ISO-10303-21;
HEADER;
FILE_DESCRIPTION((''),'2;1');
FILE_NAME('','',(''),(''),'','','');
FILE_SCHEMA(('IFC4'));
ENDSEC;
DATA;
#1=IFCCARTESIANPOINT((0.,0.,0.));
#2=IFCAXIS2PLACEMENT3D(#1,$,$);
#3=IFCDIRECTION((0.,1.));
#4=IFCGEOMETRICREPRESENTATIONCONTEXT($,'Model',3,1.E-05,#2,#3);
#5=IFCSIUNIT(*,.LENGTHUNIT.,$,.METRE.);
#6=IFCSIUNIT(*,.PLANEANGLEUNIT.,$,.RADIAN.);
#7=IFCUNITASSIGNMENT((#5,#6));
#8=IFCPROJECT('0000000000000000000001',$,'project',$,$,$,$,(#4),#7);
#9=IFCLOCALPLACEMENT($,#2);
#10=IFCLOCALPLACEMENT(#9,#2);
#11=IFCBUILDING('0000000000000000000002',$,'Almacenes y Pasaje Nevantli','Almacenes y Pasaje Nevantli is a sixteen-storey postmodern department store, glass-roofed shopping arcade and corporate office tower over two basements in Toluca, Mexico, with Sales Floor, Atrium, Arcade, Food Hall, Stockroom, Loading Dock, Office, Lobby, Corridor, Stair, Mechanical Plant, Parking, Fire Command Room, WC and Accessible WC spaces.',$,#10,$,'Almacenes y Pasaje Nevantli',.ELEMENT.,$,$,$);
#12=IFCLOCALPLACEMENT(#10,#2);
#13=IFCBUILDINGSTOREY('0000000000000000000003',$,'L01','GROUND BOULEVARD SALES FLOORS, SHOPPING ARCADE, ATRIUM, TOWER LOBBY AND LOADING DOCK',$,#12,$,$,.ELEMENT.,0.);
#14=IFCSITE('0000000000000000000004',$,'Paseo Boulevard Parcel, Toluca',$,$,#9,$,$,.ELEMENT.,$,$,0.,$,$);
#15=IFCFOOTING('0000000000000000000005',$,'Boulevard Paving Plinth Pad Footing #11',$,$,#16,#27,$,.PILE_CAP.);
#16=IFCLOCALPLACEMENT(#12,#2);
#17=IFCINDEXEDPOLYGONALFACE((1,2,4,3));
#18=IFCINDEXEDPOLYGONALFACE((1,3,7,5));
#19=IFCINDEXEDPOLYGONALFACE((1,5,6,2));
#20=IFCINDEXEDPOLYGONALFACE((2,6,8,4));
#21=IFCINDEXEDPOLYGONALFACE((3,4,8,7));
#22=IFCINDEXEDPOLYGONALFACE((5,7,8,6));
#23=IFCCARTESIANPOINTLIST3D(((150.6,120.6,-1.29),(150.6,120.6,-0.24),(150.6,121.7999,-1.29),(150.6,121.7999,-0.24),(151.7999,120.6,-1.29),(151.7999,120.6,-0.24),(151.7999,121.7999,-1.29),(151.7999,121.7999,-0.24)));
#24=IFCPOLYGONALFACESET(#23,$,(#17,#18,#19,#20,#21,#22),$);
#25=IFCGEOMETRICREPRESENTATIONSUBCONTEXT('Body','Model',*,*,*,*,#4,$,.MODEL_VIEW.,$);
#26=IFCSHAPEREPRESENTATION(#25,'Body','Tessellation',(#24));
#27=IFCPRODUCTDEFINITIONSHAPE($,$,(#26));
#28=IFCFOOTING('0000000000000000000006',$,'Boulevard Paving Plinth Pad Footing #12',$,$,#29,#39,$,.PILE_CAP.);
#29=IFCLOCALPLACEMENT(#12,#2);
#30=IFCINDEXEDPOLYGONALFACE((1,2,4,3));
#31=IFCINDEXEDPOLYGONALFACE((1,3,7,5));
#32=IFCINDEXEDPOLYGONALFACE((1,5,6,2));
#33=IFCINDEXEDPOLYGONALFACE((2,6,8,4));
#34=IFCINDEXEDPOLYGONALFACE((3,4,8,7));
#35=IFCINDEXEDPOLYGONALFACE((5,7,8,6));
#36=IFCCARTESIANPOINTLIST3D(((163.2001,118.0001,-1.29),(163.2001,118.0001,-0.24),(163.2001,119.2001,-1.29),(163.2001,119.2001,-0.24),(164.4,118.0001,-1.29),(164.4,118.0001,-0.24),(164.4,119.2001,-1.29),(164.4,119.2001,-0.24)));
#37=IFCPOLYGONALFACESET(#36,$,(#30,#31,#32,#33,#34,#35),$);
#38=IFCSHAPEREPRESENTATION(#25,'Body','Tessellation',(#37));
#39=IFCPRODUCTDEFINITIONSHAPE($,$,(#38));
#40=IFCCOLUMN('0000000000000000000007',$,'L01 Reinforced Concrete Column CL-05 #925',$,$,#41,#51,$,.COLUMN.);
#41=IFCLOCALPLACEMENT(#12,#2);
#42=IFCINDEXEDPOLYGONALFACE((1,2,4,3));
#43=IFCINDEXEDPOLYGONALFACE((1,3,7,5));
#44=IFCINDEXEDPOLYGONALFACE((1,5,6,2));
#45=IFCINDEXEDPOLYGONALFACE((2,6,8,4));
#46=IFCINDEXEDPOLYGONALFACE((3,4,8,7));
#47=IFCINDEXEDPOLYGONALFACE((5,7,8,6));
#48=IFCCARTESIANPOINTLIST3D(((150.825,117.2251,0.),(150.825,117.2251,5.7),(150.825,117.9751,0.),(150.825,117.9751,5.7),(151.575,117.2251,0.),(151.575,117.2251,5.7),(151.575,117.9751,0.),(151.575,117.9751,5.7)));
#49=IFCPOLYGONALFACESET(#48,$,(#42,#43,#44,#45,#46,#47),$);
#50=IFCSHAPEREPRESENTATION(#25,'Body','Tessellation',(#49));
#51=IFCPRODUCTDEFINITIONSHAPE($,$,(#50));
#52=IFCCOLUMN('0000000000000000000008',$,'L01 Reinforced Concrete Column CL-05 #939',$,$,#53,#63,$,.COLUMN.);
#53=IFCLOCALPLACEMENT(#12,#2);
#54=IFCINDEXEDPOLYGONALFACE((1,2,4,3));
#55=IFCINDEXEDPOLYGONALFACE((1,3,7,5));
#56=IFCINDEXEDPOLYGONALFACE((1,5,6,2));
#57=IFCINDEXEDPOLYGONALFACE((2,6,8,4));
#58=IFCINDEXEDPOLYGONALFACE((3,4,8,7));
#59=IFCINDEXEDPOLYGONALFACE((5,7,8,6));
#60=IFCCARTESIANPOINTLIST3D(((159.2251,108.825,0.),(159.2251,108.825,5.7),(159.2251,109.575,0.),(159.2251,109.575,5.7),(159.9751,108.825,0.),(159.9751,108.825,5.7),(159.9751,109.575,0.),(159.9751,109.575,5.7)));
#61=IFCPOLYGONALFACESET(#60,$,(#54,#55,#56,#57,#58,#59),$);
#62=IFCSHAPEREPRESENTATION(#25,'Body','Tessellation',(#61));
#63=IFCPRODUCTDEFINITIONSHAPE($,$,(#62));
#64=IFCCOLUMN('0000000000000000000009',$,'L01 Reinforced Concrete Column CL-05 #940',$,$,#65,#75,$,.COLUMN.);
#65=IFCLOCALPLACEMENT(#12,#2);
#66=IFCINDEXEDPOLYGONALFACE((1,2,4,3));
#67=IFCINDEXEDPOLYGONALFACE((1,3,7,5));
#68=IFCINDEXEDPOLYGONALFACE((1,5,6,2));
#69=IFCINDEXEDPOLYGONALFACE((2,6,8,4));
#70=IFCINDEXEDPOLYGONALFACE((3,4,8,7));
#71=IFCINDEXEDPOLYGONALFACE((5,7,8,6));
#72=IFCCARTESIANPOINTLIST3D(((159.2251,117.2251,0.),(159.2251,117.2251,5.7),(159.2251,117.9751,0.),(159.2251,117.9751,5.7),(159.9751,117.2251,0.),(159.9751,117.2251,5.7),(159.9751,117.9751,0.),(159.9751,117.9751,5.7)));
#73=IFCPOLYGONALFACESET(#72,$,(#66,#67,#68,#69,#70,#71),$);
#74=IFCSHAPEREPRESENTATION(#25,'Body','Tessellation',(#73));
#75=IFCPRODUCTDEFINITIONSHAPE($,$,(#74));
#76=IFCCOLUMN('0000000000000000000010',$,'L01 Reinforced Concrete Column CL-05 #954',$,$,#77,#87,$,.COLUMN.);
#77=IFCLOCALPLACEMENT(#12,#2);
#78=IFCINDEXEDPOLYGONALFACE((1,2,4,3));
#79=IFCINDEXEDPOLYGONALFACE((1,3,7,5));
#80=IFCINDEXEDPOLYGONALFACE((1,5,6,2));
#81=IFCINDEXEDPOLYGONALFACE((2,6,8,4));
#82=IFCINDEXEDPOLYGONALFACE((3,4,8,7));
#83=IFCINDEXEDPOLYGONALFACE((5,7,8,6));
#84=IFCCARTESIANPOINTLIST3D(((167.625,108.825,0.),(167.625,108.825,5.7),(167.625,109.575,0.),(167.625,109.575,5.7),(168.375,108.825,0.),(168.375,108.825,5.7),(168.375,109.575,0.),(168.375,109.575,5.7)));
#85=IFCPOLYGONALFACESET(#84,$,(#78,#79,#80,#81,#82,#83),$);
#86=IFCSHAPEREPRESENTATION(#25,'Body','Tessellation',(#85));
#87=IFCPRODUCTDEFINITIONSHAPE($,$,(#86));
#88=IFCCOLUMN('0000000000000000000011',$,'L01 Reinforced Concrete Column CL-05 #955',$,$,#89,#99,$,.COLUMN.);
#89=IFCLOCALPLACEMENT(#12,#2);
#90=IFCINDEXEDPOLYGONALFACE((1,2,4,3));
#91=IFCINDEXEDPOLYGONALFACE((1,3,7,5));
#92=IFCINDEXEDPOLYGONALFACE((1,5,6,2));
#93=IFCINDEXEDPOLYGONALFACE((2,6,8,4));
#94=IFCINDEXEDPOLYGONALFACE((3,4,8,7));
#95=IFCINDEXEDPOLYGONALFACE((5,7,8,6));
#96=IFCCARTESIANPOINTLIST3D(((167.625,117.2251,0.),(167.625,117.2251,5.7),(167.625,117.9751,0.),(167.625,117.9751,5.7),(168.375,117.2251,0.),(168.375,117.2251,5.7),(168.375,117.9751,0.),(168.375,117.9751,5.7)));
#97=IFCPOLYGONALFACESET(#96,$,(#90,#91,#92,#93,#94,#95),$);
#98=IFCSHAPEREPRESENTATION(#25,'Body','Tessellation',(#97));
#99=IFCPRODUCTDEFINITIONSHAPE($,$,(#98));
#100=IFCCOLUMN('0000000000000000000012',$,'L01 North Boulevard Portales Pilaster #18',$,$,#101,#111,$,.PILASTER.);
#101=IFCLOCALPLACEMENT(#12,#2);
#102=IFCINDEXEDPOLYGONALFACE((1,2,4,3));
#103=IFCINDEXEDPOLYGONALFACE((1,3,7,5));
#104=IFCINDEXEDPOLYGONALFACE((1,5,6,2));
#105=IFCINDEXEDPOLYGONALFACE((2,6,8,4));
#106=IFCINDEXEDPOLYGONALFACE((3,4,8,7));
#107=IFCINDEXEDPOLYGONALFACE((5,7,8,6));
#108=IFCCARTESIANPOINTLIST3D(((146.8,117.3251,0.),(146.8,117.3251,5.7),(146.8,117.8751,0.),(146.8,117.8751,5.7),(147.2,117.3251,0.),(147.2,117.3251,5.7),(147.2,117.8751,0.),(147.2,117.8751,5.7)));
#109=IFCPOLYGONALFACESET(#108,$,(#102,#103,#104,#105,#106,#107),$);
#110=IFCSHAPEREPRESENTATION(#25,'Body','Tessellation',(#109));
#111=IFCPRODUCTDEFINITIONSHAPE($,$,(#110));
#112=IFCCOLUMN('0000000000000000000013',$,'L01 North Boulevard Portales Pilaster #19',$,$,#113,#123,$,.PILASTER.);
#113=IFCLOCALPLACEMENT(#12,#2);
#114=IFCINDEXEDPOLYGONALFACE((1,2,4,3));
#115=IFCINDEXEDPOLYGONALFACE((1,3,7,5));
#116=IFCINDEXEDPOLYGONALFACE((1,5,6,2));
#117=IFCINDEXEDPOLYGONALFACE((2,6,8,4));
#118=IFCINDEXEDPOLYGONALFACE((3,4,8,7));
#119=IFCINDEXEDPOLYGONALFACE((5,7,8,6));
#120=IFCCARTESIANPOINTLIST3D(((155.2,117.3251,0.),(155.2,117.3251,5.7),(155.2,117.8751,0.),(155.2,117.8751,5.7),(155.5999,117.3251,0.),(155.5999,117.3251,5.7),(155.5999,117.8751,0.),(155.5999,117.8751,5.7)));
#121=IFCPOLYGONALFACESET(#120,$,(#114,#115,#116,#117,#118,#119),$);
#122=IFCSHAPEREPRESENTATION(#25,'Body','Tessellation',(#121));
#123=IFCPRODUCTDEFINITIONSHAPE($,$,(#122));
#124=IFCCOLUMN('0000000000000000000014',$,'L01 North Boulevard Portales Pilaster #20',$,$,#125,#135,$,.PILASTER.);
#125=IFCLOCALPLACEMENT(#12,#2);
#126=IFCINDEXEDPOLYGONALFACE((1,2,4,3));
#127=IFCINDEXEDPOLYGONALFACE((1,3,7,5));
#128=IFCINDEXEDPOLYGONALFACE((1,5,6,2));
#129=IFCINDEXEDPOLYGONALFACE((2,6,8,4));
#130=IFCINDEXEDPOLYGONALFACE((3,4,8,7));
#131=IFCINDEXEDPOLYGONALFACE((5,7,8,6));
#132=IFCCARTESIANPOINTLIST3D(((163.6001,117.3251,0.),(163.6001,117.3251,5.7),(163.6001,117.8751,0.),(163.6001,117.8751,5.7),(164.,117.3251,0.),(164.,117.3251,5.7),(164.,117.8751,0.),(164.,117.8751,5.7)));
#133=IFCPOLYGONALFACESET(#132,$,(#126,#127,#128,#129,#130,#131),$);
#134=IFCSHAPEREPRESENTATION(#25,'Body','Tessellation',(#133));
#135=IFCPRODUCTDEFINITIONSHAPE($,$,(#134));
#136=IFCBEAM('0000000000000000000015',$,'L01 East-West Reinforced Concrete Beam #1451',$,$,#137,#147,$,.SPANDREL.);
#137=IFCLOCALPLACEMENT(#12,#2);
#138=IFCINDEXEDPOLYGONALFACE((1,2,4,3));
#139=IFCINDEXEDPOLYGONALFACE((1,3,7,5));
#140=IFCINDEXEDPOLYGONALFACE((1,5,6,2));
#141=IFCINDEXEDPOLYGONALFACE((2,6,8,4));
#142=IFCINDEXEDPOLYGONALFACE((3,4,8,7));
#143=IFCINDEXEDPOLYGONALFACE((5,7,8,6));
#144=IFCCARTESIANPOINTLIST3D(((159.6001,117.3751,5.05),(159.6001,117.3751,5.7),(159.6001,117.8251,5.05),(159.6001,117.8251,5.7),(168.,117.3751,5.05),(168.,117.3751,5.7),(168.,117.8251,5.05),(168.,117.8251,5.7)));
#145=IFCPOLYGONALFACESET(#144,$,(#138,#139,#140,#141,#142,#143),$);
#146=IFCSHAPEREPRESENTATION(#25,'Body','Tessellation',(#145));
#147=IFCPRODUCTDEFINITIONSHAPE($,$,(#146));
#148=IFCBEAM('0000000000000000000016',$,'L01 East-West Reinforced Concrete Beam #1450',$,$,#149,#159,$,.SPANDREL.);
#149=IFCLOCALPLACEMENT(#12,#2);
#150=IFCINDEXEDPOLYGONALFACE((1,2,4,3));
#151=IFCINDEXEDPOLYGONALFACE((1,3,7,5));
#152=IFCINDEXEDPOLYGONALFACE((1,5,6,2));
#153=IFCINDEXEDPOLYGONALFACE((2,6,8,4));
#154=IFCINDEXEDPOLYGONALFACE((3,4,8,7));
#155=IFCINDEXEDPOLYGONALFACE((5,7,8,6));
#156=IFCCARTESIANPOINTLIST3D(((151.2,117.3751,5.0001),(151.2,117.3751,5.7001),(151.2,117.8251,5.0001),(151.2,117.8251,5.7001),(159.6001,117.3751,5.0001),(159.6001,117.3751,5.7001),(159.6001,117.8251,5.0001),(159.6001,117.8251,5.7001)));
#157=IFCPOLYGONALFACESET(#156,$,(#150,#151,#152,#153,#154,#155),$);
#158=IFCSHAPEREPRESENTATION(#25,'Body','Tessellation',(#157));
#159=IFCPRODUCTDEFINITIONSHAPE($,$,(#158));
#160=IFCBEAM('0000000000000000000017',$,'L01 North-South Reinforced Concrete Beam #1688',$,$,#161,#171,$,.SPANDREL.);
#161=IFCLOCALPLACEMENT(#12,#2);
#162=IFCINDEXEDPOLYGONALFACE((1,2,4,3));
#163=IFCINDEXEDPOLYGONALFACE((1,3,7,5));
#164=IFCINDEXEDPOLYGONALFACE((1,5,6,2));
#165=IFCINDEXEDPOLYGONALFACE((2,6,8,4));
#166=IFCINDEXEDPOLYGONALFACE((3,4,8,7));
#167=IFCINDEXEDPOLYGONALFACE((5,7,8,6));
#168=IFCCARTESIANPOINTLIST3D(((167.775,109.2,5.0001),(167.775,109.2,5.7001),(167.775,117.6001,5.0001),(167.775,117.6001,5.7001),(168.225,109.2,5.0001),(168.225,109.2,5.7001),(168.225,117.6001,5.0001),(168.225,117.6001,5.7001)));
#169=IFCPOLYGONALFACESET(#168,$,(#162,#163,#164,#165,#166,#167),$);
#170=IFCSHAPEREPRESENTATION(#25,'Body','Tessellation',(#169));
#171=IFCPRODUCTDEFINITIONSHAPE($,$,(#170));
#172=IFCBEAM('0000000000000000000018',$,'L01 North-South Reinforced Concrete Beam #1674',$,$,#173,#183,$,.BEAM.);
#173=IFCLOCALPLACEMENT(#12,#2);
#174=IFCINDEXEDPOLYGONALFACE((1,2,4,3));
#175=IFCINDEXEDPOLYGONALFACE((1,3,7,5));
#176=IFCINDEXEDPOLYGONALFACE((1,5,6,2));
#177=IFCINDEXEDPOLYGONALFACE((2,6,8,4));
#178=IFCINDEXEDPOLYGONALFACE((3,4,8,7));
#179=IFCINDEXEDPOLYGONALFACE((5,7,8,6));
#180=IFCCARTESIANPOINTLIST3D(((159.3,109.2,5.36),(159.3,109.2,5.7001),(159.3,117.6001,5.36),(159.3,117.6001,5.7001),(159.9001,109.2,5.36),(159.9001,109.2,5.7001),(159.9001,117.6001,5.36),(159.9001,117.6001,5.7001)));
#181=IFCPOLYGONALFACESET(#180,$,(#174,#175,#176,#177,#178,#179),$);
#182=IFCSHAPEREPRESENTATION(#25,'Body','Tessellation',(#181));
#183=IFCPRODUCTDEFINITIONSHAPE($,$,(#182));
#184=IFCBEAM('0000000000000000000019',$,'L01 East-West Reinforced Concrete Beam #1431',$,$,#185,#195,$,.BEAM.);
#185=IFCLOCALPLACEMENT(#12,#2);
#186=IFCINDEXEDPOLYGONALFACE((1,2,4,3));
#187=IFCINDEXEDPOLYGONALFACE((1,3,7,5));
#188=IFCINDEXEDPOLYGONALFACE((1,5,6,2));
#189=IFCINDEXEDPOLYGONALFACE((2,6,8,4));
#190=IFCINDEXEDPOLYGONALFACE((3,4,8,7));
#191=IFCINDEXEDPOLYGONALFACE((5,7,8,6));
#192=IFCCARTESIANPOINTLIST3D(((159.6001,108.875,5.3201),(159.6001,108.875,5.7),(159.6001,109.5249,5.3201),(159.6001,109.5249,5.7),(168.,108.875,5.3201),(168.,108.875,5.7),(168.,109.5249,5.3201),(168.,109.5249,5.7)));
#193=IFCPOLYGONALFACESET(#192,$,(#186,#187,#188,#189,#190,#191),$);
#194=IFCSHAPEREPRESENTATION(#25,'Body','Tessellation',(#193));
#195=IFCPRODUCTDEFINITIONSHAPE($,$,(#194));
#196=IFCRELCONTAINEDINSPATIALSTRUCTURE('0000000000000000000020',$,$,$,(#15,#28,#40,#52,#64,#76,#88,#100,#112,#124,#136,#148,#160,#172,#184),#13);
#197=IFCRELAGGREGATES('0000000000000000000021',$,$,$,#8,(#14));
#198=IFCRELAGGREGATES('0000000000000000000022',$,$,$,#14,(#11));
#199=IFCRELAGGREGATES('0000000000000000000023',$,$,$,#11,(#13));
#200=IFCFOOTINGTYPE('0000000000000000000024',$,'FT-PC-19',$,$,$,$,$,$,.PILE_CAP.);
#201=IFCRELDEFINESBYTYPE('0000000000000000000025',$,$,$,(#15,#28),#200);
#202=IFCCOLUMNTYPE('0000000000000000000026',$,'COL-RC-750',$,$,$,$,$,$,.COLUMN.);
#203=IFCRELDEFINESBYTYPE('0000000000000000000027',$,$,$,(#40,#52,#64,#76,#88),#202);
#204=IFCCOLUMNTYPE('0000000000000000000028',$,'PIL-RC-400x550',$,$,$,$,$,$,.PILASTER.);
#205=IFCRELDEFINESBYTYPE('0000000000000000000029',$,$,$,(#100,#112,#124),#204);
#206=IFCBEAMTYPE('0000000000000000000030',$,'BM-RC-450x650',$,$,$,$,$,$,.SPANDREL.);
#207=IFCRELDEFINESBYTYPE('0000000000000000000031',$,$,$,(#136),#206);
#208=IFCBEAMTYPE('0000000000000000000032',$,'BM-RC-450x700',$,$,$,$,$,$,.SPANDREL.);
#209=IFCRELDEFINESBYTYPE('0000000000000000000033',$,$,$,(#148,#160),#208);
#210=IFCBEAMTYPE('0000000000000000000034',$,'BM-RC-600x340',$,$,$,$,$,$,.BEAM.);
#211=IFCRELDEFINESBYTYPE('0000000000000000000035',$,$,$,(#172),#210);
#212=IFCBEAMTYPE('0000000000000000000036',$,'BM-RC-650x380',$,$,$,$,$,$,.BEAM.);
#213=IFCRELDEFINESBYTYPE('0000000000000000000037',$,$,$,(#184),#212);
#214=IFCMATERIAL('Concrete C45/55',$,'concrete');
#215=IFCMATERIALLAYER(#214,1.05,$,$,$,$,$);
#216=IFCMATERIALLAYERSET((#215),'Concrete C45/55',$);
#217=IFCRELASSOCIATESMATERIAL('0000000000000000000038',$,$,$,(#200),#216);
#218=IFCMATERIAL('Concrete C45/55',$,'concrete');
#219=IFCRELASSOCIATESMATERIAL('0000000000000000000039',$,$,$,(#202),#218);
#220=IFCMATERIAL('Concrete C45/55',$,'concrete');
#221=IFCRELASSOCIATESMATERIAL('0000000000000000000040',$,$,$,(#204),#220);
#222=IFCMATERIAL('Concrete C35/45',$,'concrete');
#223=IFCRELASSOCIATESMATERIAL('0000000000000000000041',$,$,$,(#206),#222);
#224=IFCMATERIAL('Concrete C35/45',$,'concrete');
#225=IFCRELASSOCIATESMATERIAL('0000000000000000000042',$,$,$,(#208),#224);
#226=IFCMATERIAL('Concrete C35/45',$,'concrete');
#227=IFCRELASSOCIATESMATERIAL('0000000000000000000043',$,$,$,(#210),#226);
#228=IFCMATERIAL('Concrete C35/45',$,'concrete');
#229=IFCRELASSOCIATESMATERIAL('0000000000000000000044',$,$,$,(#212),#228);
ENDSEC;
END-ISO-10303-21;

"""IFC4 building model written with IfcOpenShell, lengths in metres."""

from ifc_helpers import new_model, si_unit, direction, frame, origin, origin_2d, place, context, subcontext, project, spatial, rectangle, extrude, material, layer, layer_set, material_profile, profile_set, type_object, element, save


model = new_model("IFC4")

# Units and contexts
model_context = context("Model", 3, precision=1e-05, world=origin(), true_north=direction((0.0, 1.0)))
body_context = subcontext(model_context, "Body", "Model", "MODEL_VIEW")
ifc_project = project(units=[si_unit("LENGTHUNIT", "METRE"), si_unit("PLANEANGLEUNIT", "RADIAN")], contexts=[model_context])

# Site, building, storey
site_placement = place(None, origin())
site = spatial("IfcSite", under=ifc_project, at=site_placement, Name="Paseo Boulevard Parcel, Toluca", CompositionType="ELEMENT", RefElevation=0.0)
building_placement = place(site_placement, origin())
building = spatial("IfcBuilding", under=site, at=building_placement, Name="Almacenes y Pasaje Nevantli", Description="Almacenes y Pasaje Nevantli is a sixteen-storey postmodern department store, glass-roofed shopping arcade and corporate office tower over two basements in Toluca, Mexico, with Sales Floor, Atrium, Arcade, Food Hall, Stockroom, Loading Dock, Office, Lobby, Corridor, Stair, Mechanical Plant, Parking, Fire Command Room, WC and Accessible WC spaces.", LongName="Almacenes y Pasaje Nevantli", CompositionType="ELEMENT")
storey_placement = place(building_placement, origin())
storey = spatial("IfcBuildingStorey", under=building, at=storey_placement, Name="L01", Description="GROUND BOULEVARD SALES FLOORS, SHOPPING ARCADE, ATRIUM, TOWER LOBBY AND LOADING DOCK", CompositionType="ELEMENT", Elevation=0.0)

# Footings
ifc_material_1 = material(Name="Concrete C45/55", Category="concrete")
ifc_layer_1 = layer(ifc_material_1, 1.05)
ifc_layer_set_1 = layer_set([ifc_layer_1], Name="Concrete C45/55")
footing_type = type_object("IfcFootingType", Name="FT-PC-19", PredefinedType="PILE_CAP", material=ifc_layer_set_1)
for number, where, z_axis, x_axis, name in (
    (1, (151.2, 121.2, -1.29), (0.0, 0.0, 1.0), (1.0, 0.0, 0.0), "Boulevard Paving Plinth Pad Footing #11"),
    (2, (163.8, 118.6001, -1.29), (0.0, 0.0, 1.0), (1.0, 0.0, 0.0), "Boulevard Paving Plinth Pad Footing #12"),
):
    element("IfcFooting", number, at=place(storey_placement, frame(where, z_axis=z_axis, x_axis=x_axis)), inside=storey, type_object=footing_type, Name=name, PredefinedType="PILE_CAP", context=body_context, shape_type="SweptSolid", body=[
        extrude(rectangle(XDim=1.2, YDim=1.2, at=origin_2d()), origin(), (0.0, 0.0, 1.0), 1.05),
    ])

# Columns
ifc_material_2 = material(Name="Concrete C45/55", Category="concrete")
ifc_material_profile_1 = material_profile(ifc_material_2, rectangle(XDim=0.75, YDim=0.75, at=origin_2d()), Name="RC-COL-750x750")
ifc_profile_set_1 = profile_set([ifc_material_profile_1], Name="Concrete C45/55")
column_type_1 = type_object("IfcColumnType", Name="COL-RC-750", PredefinedType="COLUMN", material=ifc_profile_set_1)
for number, where, z_axis, x_axis, name in (
    (3, (151.2, 117.6001, 0.0), (0.0, 0.0, 1.0), (1.0, 0.0, 0.0), "L01 Reinforced Concrete Column CL-05 #925"),
    (4, (159.6001, 109.2, 0.0), (0.0, 0.0, 1.0), (1.0, 0.0, 0.0), "L01 Reinforced Concrete Column CL-05 #939"),
    (5, (159.6001, 117.6001, 0.0), (0.0, 0.0, 1.0), (1.0, 0.0, 0.0), "L01 Reinforced Concrete Column CL-05 #940"),
    (6, (168.0, 109.2, 0.0), (0.0, 0.0, 1.0), (1.0, 0.0, 0.0), "L01 Reinforced Concrete Column CL-05 #954"),
    (7, (168.0, 117.6001, 0.0), (0.0, 0.0, 1.0), (1.0, 0.0, 0.0), "L01 Reinforced Concrete Column CL-05 #955"),
):
    element("IfcColumn", number, at=place(storey_placement, frame(where, z_axis=z_axis, x_axis=x_axis)), inside=storey, type_object=column_type_1, Name=name, PredefinedType="COLUMN", context=body_context, shape_type="SweptSolid", body=[
        extrude(rectangle(XDim=0.75, YDim=0.75, at=origin_2d()), origin(), (0.0, 0.0, 1.0), 5.7),
    ])
ifc_material_3 = material(Name="Concrete C45/55", Category="concrete")
ifc_material_profile_2 = material_profile(ifc_material_3, rectangle(XDim=0.3999, YDim=0.55, at=origin_2d()), Name="RC-PIL-400x550")
ifc_profile_set_2 = profile_set([ifc_material_profile_2], Name="Concrete C45/55")
column_type_2 = type_object("IfcColumnType", Name="PIL-RC-400x550", PredefinedType="PILASTER", material=ifc_profile_set_2)
for number, where, z_axis, x_axis, name in (
    (8, (147.0, 117.6001, 0.0), (0.0, 0.0, 1.0), (1.0, 0.0, 0.0), "L01 North Boulevard Portales Pilaster #18"),
    (9, (155.3999, 117.6001, 0.0), (0.0, 0.0, 1.0), (1.0, 0.0, 0.0), "L01 North Boulevard Portales Pilaster #19"),
    (10, (163.8, 117.6001, 0.0), (0.0, 0.0, 1.0), (1.0, 0.0, 0.0), "L01 North Boulevard Portales Pilaster #20"),
):
    element("IfcColumn", number, at=place(storey_placement, frame(where, z_axis=z_axis, x_axis=x_axis)), inside=storey, type_object=column_type_2, Name=name, PredefinedType="PILASTER", context=body_context, shape_type="SweptSolid", body=[
        extrude(rectangle(XDim=0.3999, YDim=0.55, at=origin_2d()), origin(), (0.0, 0.0, 1.0), 5.7),
    ])

# Beams
ifc_material_4 = material(Name="Concrete C35/45", Category="concrete")
ifc_material_profile_3 = material_profile(ifc_material_4, rectangle(XDim=0.45, YDim=0.6499, at=origin_2d()), Name="RC-BM-450x650")
ifc_profile_set_3 = profile_set([ifc_material_profile_3], Name="Concrete C35/45")
beam_type_1 = type_object("IfcBeamType", Name="BM-RC-450x650", PredefinedType="SPANDREL", material=ifc_profile_set_3)
beam_1_placement = place(storey_placement, frame((159.6001, 117.6001, 5.375), z_axis=(1.0, 0.0, 0.0), x_axis=(0.0, 1.0, 0.0)))
element("IfcBeam", 11, at=beam_1_placement, inside=storey, type_object=beam_type_1, Name="L01 East-West Reinforced Concrete Beam #1451", PredefinedType="SPANDREL", context=body_context, shape_type="SweptSolid", body=[
    extrude(rectangle(XDim=0.45, YDim=0.6499, at=origin_2d()), origin(), (0.0, 0.0, 1.0), 8.3999),
])
ifc_material_5 = material(Name="Concrete C35/45", Category="concrete")
ifc_material_profile_4 = material_profile(ifc_material_5, rectangle(XDim=0.45, YDim=0.7, at=origin_2d()), Name="RC-BM-450x700")
ifc_profile_set_4 = profile_set([ifc_material_profile_4], Name="Concrete C35/45")
beam_type_2 = type_object("IfcBeamType", Name="BM-RC-450x700", PredefinedType="SPANDREL", material=ifc_profile_set_4)
for number, where, z_axis, x_axis, name in (
    (12, (151.2, 117.6001, 5.3501), (1.0, 0.0, 0.0), (0.0, 1.0, 0.0), "L01 East-West Reinforced Concrete Beam #1450"),
    (13, (168.0, 109.2, 5.3501), (0.0, 1.0, 0.0), (-1.0, 0.0, 0.0), "L01 North-South Reinforced Concrete Beam #1688"),
):
    element("IfcBeam", number, at=place(storey_placement, frame(where, z_axis=z_axis, x_axis=x_axis)), inside=storey, type_object=beam_type_2, Name=name, PredefinedType="SPANDREL", context=body_context, shape_type="SweptSolid", body=[
        extrude(rectangle(XDim=0.45, YDim=0.7, at=origin_2d()), origin(), (0.0, 0.0, 1.0), 8.4001),
    ])
ifc_material_6 = material(Name="Concrete C35/45", Category="concrete")
ifc_material_profile_5 = material_profile(ifc_material_6, rectangle(XDim=0.6001, YDim=0.3401, at=origin_2d()), Name="RC-BM-600x340")
ifc_profile_set_5 = profile_set([ifc_material_profile_5], Name="Concrete C35/45")
beam_type_3 = type_object("IfcBeamType", Name="BM-RC-600x340", PredefinedType="BEAM", material=ifc_profile_set_5)
beam_2_placement = place(storey_placement, frame((159.6001, 109.2, 5.53), z_axis=(0.0, 1.0, 0.0), x_axis=(-1.0, 0.0, 0.0)))
element("IfcBeam", 14, at=beam_2_placement, inside=storey, type_object=beam_type_3, Name="L01 North-South Reinforced Concrete Beam #1674", PredefinedType="BEAM", context=body_context, shape_type="SweptSolid", body=[
    extrude(rectangle(XDim=0.6001, YDim=0.3401, at=origin_2d()), origin(), (0.0, 0.0, 1.0), 8.4001),
])
ifc_material_7 = material(Name="Concrete C35/45", Category="concrete")
ifc_material_profile_6 = material_profile(ifc_material_7, rectangle(XDim=0.6499, YDim=0.3799, at=origin_2d()), Name="RC-BM-650x380")
ifc_profile_set_6 = profile_set([ifc_material_profile_6], Name="Concrete C35/45")
beam_type_4 = type_object("IfcBeamType", Name="BM-RC-650x380", PredefinedType="BEAM", material=ifc_profile_set_6)
beam_3_placement = place(storey_placement, frame((159.6001, 109.2, 5.51), z_axis=(1.0, 0.0, 0.0), x_axis=(0.0, 1.0, 0.0)))
element("IfcBeam", 15, at=beam_3_placement, inside=storey, type_object=beam_type_4, Name="L01 East-West Reinforced Concrete Beam #1431", PredefinedType="BEAM", context=body_context, shape_type="SweptSolid", body=[
    extrude(rectangle(XDim=0.6499, YDim=0.3799, at=origin_2d()), origin(), (0.0, 0.0, 1.0), 8.3999),
])

save(model, "model.ifc")
